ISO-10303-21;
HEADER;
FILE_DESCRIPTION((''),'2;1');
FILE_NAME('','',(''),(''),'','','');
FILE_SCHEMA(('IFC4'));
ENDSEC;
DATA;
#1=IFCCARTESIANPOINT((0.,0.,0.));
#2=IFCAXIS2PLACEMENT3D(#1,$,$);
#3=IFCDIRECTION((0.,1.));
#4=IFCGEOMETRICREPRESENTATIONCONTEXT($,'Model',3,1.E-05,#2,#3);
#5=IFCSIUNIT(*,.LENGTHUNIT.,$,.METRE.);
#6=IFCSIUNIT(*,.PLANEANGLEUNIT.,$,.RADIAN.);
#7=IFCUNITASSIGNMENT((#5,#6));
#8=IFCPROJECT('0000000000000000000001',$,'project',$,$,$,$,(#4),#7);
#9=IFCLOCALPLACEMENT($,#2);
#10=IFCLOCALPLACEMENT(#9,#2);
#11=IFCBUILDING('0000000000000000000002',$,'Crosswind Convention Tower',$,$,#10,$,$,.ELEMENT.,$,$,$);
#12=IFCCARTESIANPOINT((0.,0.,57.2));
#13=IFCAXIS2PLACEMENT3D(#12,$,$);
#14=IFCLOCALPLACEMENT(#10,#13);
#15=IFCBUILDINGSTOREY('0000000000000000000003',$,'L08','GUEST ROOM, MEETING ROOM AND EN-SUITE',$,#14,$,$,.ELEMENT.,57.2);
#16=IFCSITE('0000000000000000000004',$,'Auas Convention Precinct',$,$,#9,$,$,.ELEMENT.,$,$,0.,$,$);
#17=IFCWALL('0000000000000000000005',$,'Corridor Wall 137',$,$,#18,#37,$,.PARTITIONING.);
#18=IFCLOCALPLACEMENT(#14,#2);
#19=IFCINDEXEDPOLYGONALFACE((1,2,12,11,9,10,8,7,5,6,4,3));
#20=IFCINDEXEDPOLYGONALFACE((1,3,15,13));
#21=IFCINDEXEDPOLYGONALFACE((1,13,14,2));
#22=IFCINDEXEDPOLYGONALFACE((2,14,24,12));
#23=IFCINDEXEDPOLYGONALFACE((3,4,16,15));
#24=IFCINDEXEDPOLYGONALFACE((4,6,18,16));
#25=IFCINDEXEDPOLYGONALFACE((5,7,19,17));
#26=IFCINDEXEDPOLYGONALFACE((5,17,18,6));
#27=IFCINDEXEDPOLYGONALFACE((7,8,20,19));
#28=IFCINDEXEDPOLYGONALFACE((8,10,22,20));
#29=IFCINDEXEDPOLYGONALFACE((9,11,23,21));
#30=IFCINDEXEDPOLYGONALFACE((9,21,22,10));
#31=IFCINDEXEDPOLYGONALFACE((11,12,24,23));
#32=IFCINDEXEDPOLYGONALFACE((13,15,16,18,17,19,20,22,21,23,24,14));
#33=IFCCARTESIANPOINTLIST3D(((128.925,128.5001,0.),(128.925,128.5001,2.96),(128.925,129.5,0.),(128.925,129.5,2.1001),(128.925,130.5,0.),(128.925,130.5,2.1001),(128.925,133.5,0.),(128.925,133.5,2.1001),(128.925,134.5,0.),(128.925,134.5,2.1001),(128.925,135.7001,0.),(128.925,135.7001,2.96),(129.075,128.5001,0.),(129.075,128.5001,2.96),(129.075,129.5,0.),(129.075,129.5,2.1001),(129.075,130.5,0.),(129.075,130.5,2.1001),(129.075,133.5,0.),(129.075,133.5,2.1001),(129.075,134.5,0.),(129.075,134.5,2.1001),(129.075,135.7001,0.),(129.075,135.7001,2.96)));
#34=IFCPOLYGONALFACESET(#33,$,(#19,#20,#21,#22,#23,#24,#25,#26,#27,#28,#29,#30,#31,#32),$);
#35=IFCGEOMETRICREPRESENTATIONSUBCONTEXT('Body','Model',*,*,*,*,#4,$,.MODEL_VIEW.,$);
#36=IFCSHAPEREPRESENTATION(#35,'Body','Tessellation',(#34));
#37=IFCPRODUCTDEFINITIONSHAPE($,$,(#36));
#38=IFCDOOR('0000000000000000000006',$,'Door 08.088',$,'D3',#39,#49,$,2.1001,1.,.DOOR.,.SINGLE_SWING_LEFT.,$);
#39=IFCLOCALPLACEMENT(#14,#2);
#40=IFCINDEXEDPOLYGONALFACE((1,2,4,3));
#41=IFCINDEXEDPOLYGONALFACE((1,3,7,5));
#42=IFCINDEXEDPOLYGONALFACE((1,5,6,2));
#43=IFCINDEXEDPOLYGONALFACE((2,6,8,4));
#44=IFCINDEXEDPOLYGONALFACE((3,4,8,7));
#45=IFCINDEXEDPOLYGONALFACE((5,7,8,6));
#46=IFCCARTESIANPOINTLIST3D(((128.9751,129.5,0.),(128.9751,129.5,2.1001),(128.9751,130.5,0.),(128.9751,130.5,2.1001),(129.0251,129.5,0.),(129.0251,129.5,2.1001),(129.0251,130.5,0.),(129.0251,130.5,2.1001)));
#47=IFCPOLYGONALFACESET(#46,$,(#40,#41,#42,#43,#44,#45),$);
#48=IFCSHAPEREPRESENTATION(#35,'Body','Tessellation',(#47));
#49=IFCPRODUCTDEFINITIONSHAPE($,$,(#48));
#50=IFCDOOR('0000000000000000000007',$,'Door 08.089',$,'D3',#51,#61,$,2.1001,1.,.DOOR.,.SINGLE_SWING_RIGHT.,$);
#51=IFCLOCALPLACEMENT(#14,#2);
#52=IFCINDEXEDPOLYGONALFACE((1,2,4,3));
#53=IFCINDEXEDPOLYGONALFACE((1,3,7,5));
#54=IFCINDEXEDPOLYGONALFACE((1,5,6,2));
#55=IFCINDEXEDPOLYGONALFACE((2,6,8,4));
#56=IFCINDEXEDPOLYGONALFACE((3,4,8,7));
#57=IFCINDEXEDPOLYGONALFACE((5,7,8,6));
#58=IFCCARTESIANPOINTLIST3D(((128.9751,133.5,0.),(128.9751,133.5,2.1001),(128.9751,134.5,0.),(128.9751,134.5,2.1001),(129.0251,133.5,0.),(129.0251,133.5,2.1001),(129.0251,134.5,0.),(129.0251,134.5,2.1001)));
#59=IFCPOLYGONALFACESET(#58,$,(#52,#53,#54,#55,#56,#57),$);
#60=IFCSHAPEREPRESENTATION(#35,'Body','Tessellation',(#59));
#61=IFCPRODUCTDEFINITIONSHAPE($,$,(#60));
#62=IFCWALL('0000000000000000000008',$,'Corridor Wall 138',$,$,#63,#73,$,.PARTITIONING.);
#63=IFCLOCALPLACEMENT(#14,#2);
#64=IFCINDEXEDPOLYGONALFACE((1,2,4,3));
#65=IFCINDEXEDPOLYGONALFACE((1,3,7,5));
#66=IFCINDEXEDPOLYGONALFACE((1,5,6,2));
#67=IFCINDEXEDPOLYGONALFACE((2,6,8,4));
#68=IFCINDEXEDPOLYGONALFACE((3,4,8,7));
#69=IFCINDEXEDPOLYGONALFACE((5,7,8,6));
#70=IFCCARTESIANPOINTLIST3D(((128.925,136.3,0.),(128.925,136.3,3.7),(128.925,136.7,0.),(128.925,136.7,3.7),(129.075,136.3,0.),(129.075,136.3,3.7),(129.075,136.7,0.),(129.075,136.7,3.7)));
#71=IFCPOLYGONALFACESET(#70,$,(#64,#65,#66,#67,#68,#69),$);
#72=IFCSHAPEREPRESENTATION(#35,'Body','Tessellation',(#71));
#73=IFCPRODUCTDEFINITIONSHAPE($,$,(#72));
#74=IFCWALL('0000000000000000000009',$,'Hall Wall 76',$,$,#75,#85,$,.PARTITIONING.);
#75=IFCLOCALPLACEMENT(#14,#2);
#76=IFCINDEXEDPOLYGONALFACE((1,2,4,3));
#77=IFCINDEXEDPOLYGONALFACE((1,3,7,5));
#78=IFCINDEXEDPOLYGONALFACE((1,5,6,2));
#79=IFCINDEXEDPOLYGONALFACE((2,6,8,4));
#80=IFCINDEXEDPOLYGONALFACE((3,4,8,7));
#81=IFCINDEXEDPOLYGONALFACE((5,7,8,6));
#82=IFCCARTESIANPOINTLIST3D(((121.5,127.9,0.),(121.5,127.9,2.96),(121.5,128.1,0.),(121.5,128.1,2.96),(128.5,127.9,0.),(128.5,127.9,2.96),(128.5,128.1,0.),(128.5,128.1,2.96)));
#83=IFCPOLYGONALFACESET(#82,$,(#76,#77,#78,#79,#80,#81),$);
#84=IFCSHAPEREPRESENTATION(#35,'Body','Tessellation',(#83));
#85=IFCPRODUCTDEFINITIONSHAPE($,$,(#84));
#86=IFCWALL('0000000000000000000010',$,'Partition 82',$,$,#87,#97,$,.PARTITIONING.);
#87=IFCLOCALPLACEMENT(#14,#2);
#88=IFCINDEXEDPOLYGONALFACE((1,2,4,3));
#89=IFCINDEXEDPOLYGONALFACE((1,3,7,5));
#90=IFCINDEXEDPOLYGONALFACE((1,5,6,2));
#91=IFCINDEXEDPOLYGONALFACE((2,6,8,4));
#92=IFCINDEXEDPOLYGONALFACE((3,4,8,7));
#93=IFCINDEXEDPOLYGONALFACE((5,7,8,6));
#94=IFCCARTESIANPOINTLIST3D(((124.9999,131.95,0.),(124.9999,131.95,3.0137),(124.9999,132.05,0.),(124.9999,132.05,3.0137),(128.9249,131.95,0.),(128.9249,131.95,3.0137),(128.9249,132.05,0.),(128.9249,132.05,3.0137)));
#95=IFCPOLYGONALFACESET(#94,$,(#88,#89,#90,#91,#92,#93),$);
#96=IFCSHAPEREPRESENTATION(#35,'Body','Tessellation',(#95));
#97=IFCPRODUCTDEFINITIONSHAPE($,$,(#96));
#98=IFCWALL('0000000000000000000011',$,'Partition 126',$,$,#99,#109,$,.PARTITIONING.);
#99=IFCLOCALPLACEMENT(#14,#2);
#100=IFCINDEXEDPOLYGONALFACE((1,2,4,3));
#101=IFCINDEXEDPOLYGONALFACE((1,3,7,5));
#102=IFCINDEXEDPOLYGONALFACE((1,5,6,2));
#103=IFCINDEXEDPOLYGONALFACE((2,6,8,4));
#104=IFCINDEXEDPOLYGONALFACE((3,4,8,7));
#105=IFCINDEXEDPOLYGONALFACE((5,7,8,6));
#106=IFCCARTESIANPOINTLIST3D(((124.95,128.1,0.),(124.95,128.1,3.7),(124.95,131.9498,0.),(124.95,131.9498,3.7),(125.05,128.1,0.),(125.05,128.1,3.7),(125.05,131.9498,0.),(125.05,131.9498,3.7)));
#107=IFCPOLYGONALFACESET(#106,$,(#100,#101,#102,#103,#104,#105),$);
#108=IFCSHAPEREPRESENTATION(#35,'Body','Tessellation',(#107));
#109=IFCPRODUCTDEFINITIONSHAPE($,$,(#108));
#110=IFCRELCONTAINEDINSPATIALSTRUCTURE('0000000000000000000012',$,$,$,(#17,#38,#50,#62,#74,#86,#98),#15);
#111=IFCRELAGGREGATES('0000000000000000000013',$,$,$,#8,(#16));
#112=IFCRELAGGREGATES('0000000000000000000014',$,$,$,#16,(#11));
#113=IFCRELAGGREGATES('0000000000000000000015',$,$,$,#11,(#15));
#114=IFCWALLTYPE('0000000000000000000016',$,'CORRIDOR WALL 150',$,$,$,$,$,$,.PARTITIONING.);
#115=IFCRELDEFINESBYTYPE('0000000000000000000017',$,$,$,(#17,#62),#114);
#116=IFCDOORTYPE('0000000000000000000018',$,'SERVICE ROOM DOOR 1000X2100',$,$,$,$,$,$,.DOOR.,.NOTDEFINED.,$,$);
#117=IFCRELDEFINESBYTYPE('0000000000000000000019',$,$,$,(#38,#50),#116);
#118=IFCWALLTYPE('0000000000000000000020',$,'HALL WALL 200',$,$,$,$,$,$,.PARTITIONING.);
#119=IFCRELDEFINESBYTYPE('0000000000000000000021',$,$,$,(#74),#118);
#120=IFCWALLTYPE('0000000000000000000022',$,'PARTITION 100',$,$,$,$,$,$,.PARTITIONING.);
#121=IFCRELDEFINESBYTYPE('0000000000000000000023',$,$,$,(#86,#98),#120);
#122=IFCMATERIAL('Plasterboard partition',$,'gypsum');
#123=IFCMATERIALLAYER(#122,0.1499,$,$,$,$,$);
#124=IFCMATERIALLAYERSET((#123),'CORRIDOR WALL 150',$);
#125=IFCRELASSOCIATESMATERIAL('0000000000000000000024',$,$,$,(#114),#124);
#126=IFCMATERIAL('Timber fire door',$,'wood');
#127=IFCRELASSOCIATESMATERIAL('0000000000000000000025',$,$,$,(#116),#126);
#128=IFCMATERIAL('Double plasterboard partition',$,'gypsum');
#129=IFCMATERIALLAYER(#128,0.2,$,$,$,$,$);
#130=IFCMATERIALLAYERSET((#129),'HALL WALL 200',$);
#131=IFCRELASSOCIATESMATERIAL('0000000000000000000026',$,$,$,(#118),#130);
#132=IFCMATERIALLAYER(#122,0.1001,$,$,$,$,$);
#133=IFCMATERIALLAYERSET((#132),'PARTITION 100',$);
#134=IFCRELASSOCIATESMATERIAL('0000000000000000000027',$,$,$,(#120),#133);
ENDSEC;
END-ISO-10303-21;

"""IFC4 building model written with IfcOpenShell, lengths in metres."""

from ifc_helpers import new_model, si_unit, direction, frame, frame_2d, origin, place, context, subcontext, project, spatial, rectangle, extrude, material, layer, layer_set, type_object, element, fill, save


model = new_model("IFC4")

# Units and contexts
model_context = context("Model", 3, precision=1e-05, world=origin(), true_north=direction((0.0, 1.0)))
body_context = subcontext(model_context, "Body", "Model", "MODEL_VIEW")
ifc_project = project(units=[si_unit("LENGTHUNIT", "METRE"), si_unit("PLANEANGLEUNIT", "RADIAN")], contexts=[model_context])

# Site, building, storey
site_placement = place(None, origin())
site = spatial("IfcSite", under=ifc_project, at=site_placement, Name="Auas Convention Precinct", CompositionType="ELEMENT", RefElevation=0.0)
building_placement = place(site_placement, origin())
building = spatial("IfcBuilding", under=site, at=building_placement, Name="Crosswind Convention Tower", CompositionType="ELEMENT")
storey_placement = place(building_placement, frame((0.0, 0.0, 57.2)))
storey = spatial("IfcBuildingStorey", under=building, at=storey_placement, Name="L08", Description="GUEST ROOM, MEETING ROOM AND EN-SUITE", CompositionType="ELEMENT", Elevation=57.2)

# Wall, openings, doors
ifc_material_1 = material(Name="Plasterboard partition", Category="gypsum")
ifc_layer_1 = layer(ifc_material_1, 0.1499)
ifc_layer_set_1 = layer_set([ifc_layer_1], Name="CORRIDOR WALL 150")
wall_type_1 = type_object("IfcWallType", Name="CORRIDOR WALL 150", PredefinedType="PARTITIONING", material=ifc_layer_set_1)
wall_1_placement = place(storey_placement, frame((129.0, 128.5, 0.0), z_axis=(0.0, 0.0, 1.0), x_axis=(0.0, 1.0, 0.0)))
wall_1 = element("IfcWall", 1, at=wall_1_placement, inside=storey, type_object=wall_type_1, Name="Corridor Wall 137", PredefinedType="PARTITIONING", context=body_context, shape_type="SweptSolid", body=[
    extrude(rectangle(XDim=7.2, YDim=0.1499, at=frame_2d((3.6001, 0.0))), origin(), (0.0, 0.0, 1.0), 2.96),
])
opening_1_placement = place(wall_1_placement, frame((1.0, 0.0, 0.0)))
opening_1 = element("IfcOpeningElement", 2, at=opening_1_placement, cuts=wall_1, PredefinedType="OPENING", context=body_context, shape_type="SweptSolid", body=[
    extrude(rectangle(XDim=1.0, YDim=2.1001, at=frame_2d((0.5, 1.05))), frame((0.0, 0.085, 0.0), z_axis=(0.0, -1.0, 0.0), x_axis=(1.0, 0.0, 0.0)), (0.0, 0.0, 1.0), 0.1699),
])
opening_2_placement = place(wall_1_placement, frame((5.0, 0.0, 0.0)))
opening_2 = element("IfcOpeningElement", 3, at=opening_2_placement, cuts=wall_1, PredefinedType="OPENING", context=body_context, shape_type="SweptSolid", body=[
    extrude(rectangle(XDim=1.0, YDim=2.1001, at=frame_2d((0.5, 1.05))), frame((0.0, 0.085, 0.0), z_axis=(0.0, -1.0, 0.0), x_axis=(1.0, 0.0, 0.0)), (0.0, 0.0, 1.0), 0.1699),
])
ifc_material_2 = material(Name="Timber fire door", Category="wood")
door_type = type_object("IfcDoorType", Name="SERVICE ROOM DOOR 1000X2100", OperationType="NOTDEFINED", PredefinedType="DOOR", material=ifc_material_2)
door_1_placement = place(opening_1_placement, origin())
door_1 = element("IfcDoor", 4, at=door_1_placement, inside=storey, type_object=door_type, Name="Door 08.088", ObjectType="D3", OperationType="SINGLE_SWING_LEFT", OverallHeight=2.1001, OverallWidth=1.0, PredefinedType="DOOR", context=body_context, shape_type="SweptSolid", body=[
    extrude(rectangle(XDim=1.0, YDim=2.1001, at=frame_2d((0.5, 1.05))), frame((0.0, 0.0249, 0.0), z_axis=(0.0, -1.0, 0.0), x_axis=(1.0, 0.0, 0.0)), (0.0, 0.0, 1.0), 0.05),
])
fill(opening_1, door_1)
door_2_placement = place(opening_2_placement, origin())
door_2 = element("IfcDoor", 5, at=door_2_placement, inside=storey, type_object=door_type, Name="Door 08.089", ObjectType="D3", OperationType="SINGLE_SWING_RIGHT", OverallHeight=2.1001, OverallWidth=1.0, PredefinedType="DOOR", context=body_context, shape_type="SweptSolid", body=[
    extrude(rectangle(XDim=1.0, YDim=2.1001, at=frame_2d((0.5, 1.05))), frame((0.0, 0.0249, 0.0), z_axis=(0.0, -1.0, 0.0), x_axis=(1.0, 0.0, 0.0)), (0.0, 0.0, 1.0), 0.05),
])
fill(opening_2, door_2)

# Walls
wall_2_placement = place(storey_placement, frame((129.0, 136.3, 0.0), z_axis=(0.0, 0.0, 1.0), x_axis=(0.0, 1.0, 0.0)))
element("IfcWall", 6, at=wall_2_placement, inside=storey, type_object=wall_type_1, Name="Corridor Wall 138", PredefinedType="PARTITIONING", context=body_context, shape_type="SweptSolid", body=[
    extrude(rectangle(XDim=0.3999, YDim=0.1499, at=frame_2d((0.2, 0.0))), origin(), (0.0, 0.0, 1.0), 3.7),
])
ifc_material_3 = material(Name="Double plasterboard partition", Category="gypsum")
ifc_layer_2 = layer(ifc_material_3, 0.2)
ifc_layer_set_2 = layer_set([ifc_layer_2], Name="HALL WALL 200")
wall_type_2 = type_object("IfcWallType", Name="HALL WALL 200", PredefinedType="PARTITIONING", material=ifc_layer_set_2)
wall_3_placement = place(storey_placement, frame((121.5, 128.0, 0.0), z_axis=(0.0, 0.0, 1.0), x_axis=(1.0, 0.0, 0.0)))
element("IfcWall", 7, at=wall_3_placement, inside=storey, type_object=wall_type_2, Name="Hall Wall 76", PredefinedType="PARTITIONING", context=body_context, shape_type="SweptSolid", body=[
    extrude(rectangle(XDim=7.0, YDim=0.2, at=frame_2d((3.5, 0.0))), origin(), (0.0, 0.0, 1.0), 2.96),
])
ifc_layer_3 = layer(ifc_material_1, 0.1001)
ifc_layer_set_3 = layer_set([ifc_layer_3], Name="PARTITION 100")
wall_type_3 = type_object("IfcWallType", Name="PARTITION 100", PredefinedType="PARTITIONING", material=ifc_layer_set_3)
wall_4_placement = place(storey_placement, frame((125.0, 132.0, 0.0), z_axis=(0.0, 0.0, 1.0), x_axis=(1.0, 0.0, 0.0)))
element("IfcWall", 8, at=wall_4_placement, inside=storey, type_object=wall_type_3, Name="Partition 82", PredefinedType="PARTITIONING", context=body_context, shape_type="SweptSolid", body=[
    extrude(rectangle(XDim=3.925, YDim=0.1001, at=frame_2d((1.9624, 0.0))), origin(), (0.0, 0.0, 1.0), 3.0137),
])
wall_5_placement = place(storey_placement, frame((125.0, 128.1001, 0.0), z_axis=(0.0, 0.0, 1.0), x_axis=(0.0, 1.0, 0.0)))
element("IfcWall", 9, at=wall_5_placement, inside=storey, type_object=wall_type_3, Name="Partition 126", PredefinedType="PARTITIONING", context=body_context, shape_type="SweptSolid", body=[
    extrude(rectangle(XDim=3.8499, YDim=0.1001, at=frame_2d((1.9248, 0.0))), origin(), (0.0, 0.0, 1.0), 3.7),
])

save(model, "model.ifc")
